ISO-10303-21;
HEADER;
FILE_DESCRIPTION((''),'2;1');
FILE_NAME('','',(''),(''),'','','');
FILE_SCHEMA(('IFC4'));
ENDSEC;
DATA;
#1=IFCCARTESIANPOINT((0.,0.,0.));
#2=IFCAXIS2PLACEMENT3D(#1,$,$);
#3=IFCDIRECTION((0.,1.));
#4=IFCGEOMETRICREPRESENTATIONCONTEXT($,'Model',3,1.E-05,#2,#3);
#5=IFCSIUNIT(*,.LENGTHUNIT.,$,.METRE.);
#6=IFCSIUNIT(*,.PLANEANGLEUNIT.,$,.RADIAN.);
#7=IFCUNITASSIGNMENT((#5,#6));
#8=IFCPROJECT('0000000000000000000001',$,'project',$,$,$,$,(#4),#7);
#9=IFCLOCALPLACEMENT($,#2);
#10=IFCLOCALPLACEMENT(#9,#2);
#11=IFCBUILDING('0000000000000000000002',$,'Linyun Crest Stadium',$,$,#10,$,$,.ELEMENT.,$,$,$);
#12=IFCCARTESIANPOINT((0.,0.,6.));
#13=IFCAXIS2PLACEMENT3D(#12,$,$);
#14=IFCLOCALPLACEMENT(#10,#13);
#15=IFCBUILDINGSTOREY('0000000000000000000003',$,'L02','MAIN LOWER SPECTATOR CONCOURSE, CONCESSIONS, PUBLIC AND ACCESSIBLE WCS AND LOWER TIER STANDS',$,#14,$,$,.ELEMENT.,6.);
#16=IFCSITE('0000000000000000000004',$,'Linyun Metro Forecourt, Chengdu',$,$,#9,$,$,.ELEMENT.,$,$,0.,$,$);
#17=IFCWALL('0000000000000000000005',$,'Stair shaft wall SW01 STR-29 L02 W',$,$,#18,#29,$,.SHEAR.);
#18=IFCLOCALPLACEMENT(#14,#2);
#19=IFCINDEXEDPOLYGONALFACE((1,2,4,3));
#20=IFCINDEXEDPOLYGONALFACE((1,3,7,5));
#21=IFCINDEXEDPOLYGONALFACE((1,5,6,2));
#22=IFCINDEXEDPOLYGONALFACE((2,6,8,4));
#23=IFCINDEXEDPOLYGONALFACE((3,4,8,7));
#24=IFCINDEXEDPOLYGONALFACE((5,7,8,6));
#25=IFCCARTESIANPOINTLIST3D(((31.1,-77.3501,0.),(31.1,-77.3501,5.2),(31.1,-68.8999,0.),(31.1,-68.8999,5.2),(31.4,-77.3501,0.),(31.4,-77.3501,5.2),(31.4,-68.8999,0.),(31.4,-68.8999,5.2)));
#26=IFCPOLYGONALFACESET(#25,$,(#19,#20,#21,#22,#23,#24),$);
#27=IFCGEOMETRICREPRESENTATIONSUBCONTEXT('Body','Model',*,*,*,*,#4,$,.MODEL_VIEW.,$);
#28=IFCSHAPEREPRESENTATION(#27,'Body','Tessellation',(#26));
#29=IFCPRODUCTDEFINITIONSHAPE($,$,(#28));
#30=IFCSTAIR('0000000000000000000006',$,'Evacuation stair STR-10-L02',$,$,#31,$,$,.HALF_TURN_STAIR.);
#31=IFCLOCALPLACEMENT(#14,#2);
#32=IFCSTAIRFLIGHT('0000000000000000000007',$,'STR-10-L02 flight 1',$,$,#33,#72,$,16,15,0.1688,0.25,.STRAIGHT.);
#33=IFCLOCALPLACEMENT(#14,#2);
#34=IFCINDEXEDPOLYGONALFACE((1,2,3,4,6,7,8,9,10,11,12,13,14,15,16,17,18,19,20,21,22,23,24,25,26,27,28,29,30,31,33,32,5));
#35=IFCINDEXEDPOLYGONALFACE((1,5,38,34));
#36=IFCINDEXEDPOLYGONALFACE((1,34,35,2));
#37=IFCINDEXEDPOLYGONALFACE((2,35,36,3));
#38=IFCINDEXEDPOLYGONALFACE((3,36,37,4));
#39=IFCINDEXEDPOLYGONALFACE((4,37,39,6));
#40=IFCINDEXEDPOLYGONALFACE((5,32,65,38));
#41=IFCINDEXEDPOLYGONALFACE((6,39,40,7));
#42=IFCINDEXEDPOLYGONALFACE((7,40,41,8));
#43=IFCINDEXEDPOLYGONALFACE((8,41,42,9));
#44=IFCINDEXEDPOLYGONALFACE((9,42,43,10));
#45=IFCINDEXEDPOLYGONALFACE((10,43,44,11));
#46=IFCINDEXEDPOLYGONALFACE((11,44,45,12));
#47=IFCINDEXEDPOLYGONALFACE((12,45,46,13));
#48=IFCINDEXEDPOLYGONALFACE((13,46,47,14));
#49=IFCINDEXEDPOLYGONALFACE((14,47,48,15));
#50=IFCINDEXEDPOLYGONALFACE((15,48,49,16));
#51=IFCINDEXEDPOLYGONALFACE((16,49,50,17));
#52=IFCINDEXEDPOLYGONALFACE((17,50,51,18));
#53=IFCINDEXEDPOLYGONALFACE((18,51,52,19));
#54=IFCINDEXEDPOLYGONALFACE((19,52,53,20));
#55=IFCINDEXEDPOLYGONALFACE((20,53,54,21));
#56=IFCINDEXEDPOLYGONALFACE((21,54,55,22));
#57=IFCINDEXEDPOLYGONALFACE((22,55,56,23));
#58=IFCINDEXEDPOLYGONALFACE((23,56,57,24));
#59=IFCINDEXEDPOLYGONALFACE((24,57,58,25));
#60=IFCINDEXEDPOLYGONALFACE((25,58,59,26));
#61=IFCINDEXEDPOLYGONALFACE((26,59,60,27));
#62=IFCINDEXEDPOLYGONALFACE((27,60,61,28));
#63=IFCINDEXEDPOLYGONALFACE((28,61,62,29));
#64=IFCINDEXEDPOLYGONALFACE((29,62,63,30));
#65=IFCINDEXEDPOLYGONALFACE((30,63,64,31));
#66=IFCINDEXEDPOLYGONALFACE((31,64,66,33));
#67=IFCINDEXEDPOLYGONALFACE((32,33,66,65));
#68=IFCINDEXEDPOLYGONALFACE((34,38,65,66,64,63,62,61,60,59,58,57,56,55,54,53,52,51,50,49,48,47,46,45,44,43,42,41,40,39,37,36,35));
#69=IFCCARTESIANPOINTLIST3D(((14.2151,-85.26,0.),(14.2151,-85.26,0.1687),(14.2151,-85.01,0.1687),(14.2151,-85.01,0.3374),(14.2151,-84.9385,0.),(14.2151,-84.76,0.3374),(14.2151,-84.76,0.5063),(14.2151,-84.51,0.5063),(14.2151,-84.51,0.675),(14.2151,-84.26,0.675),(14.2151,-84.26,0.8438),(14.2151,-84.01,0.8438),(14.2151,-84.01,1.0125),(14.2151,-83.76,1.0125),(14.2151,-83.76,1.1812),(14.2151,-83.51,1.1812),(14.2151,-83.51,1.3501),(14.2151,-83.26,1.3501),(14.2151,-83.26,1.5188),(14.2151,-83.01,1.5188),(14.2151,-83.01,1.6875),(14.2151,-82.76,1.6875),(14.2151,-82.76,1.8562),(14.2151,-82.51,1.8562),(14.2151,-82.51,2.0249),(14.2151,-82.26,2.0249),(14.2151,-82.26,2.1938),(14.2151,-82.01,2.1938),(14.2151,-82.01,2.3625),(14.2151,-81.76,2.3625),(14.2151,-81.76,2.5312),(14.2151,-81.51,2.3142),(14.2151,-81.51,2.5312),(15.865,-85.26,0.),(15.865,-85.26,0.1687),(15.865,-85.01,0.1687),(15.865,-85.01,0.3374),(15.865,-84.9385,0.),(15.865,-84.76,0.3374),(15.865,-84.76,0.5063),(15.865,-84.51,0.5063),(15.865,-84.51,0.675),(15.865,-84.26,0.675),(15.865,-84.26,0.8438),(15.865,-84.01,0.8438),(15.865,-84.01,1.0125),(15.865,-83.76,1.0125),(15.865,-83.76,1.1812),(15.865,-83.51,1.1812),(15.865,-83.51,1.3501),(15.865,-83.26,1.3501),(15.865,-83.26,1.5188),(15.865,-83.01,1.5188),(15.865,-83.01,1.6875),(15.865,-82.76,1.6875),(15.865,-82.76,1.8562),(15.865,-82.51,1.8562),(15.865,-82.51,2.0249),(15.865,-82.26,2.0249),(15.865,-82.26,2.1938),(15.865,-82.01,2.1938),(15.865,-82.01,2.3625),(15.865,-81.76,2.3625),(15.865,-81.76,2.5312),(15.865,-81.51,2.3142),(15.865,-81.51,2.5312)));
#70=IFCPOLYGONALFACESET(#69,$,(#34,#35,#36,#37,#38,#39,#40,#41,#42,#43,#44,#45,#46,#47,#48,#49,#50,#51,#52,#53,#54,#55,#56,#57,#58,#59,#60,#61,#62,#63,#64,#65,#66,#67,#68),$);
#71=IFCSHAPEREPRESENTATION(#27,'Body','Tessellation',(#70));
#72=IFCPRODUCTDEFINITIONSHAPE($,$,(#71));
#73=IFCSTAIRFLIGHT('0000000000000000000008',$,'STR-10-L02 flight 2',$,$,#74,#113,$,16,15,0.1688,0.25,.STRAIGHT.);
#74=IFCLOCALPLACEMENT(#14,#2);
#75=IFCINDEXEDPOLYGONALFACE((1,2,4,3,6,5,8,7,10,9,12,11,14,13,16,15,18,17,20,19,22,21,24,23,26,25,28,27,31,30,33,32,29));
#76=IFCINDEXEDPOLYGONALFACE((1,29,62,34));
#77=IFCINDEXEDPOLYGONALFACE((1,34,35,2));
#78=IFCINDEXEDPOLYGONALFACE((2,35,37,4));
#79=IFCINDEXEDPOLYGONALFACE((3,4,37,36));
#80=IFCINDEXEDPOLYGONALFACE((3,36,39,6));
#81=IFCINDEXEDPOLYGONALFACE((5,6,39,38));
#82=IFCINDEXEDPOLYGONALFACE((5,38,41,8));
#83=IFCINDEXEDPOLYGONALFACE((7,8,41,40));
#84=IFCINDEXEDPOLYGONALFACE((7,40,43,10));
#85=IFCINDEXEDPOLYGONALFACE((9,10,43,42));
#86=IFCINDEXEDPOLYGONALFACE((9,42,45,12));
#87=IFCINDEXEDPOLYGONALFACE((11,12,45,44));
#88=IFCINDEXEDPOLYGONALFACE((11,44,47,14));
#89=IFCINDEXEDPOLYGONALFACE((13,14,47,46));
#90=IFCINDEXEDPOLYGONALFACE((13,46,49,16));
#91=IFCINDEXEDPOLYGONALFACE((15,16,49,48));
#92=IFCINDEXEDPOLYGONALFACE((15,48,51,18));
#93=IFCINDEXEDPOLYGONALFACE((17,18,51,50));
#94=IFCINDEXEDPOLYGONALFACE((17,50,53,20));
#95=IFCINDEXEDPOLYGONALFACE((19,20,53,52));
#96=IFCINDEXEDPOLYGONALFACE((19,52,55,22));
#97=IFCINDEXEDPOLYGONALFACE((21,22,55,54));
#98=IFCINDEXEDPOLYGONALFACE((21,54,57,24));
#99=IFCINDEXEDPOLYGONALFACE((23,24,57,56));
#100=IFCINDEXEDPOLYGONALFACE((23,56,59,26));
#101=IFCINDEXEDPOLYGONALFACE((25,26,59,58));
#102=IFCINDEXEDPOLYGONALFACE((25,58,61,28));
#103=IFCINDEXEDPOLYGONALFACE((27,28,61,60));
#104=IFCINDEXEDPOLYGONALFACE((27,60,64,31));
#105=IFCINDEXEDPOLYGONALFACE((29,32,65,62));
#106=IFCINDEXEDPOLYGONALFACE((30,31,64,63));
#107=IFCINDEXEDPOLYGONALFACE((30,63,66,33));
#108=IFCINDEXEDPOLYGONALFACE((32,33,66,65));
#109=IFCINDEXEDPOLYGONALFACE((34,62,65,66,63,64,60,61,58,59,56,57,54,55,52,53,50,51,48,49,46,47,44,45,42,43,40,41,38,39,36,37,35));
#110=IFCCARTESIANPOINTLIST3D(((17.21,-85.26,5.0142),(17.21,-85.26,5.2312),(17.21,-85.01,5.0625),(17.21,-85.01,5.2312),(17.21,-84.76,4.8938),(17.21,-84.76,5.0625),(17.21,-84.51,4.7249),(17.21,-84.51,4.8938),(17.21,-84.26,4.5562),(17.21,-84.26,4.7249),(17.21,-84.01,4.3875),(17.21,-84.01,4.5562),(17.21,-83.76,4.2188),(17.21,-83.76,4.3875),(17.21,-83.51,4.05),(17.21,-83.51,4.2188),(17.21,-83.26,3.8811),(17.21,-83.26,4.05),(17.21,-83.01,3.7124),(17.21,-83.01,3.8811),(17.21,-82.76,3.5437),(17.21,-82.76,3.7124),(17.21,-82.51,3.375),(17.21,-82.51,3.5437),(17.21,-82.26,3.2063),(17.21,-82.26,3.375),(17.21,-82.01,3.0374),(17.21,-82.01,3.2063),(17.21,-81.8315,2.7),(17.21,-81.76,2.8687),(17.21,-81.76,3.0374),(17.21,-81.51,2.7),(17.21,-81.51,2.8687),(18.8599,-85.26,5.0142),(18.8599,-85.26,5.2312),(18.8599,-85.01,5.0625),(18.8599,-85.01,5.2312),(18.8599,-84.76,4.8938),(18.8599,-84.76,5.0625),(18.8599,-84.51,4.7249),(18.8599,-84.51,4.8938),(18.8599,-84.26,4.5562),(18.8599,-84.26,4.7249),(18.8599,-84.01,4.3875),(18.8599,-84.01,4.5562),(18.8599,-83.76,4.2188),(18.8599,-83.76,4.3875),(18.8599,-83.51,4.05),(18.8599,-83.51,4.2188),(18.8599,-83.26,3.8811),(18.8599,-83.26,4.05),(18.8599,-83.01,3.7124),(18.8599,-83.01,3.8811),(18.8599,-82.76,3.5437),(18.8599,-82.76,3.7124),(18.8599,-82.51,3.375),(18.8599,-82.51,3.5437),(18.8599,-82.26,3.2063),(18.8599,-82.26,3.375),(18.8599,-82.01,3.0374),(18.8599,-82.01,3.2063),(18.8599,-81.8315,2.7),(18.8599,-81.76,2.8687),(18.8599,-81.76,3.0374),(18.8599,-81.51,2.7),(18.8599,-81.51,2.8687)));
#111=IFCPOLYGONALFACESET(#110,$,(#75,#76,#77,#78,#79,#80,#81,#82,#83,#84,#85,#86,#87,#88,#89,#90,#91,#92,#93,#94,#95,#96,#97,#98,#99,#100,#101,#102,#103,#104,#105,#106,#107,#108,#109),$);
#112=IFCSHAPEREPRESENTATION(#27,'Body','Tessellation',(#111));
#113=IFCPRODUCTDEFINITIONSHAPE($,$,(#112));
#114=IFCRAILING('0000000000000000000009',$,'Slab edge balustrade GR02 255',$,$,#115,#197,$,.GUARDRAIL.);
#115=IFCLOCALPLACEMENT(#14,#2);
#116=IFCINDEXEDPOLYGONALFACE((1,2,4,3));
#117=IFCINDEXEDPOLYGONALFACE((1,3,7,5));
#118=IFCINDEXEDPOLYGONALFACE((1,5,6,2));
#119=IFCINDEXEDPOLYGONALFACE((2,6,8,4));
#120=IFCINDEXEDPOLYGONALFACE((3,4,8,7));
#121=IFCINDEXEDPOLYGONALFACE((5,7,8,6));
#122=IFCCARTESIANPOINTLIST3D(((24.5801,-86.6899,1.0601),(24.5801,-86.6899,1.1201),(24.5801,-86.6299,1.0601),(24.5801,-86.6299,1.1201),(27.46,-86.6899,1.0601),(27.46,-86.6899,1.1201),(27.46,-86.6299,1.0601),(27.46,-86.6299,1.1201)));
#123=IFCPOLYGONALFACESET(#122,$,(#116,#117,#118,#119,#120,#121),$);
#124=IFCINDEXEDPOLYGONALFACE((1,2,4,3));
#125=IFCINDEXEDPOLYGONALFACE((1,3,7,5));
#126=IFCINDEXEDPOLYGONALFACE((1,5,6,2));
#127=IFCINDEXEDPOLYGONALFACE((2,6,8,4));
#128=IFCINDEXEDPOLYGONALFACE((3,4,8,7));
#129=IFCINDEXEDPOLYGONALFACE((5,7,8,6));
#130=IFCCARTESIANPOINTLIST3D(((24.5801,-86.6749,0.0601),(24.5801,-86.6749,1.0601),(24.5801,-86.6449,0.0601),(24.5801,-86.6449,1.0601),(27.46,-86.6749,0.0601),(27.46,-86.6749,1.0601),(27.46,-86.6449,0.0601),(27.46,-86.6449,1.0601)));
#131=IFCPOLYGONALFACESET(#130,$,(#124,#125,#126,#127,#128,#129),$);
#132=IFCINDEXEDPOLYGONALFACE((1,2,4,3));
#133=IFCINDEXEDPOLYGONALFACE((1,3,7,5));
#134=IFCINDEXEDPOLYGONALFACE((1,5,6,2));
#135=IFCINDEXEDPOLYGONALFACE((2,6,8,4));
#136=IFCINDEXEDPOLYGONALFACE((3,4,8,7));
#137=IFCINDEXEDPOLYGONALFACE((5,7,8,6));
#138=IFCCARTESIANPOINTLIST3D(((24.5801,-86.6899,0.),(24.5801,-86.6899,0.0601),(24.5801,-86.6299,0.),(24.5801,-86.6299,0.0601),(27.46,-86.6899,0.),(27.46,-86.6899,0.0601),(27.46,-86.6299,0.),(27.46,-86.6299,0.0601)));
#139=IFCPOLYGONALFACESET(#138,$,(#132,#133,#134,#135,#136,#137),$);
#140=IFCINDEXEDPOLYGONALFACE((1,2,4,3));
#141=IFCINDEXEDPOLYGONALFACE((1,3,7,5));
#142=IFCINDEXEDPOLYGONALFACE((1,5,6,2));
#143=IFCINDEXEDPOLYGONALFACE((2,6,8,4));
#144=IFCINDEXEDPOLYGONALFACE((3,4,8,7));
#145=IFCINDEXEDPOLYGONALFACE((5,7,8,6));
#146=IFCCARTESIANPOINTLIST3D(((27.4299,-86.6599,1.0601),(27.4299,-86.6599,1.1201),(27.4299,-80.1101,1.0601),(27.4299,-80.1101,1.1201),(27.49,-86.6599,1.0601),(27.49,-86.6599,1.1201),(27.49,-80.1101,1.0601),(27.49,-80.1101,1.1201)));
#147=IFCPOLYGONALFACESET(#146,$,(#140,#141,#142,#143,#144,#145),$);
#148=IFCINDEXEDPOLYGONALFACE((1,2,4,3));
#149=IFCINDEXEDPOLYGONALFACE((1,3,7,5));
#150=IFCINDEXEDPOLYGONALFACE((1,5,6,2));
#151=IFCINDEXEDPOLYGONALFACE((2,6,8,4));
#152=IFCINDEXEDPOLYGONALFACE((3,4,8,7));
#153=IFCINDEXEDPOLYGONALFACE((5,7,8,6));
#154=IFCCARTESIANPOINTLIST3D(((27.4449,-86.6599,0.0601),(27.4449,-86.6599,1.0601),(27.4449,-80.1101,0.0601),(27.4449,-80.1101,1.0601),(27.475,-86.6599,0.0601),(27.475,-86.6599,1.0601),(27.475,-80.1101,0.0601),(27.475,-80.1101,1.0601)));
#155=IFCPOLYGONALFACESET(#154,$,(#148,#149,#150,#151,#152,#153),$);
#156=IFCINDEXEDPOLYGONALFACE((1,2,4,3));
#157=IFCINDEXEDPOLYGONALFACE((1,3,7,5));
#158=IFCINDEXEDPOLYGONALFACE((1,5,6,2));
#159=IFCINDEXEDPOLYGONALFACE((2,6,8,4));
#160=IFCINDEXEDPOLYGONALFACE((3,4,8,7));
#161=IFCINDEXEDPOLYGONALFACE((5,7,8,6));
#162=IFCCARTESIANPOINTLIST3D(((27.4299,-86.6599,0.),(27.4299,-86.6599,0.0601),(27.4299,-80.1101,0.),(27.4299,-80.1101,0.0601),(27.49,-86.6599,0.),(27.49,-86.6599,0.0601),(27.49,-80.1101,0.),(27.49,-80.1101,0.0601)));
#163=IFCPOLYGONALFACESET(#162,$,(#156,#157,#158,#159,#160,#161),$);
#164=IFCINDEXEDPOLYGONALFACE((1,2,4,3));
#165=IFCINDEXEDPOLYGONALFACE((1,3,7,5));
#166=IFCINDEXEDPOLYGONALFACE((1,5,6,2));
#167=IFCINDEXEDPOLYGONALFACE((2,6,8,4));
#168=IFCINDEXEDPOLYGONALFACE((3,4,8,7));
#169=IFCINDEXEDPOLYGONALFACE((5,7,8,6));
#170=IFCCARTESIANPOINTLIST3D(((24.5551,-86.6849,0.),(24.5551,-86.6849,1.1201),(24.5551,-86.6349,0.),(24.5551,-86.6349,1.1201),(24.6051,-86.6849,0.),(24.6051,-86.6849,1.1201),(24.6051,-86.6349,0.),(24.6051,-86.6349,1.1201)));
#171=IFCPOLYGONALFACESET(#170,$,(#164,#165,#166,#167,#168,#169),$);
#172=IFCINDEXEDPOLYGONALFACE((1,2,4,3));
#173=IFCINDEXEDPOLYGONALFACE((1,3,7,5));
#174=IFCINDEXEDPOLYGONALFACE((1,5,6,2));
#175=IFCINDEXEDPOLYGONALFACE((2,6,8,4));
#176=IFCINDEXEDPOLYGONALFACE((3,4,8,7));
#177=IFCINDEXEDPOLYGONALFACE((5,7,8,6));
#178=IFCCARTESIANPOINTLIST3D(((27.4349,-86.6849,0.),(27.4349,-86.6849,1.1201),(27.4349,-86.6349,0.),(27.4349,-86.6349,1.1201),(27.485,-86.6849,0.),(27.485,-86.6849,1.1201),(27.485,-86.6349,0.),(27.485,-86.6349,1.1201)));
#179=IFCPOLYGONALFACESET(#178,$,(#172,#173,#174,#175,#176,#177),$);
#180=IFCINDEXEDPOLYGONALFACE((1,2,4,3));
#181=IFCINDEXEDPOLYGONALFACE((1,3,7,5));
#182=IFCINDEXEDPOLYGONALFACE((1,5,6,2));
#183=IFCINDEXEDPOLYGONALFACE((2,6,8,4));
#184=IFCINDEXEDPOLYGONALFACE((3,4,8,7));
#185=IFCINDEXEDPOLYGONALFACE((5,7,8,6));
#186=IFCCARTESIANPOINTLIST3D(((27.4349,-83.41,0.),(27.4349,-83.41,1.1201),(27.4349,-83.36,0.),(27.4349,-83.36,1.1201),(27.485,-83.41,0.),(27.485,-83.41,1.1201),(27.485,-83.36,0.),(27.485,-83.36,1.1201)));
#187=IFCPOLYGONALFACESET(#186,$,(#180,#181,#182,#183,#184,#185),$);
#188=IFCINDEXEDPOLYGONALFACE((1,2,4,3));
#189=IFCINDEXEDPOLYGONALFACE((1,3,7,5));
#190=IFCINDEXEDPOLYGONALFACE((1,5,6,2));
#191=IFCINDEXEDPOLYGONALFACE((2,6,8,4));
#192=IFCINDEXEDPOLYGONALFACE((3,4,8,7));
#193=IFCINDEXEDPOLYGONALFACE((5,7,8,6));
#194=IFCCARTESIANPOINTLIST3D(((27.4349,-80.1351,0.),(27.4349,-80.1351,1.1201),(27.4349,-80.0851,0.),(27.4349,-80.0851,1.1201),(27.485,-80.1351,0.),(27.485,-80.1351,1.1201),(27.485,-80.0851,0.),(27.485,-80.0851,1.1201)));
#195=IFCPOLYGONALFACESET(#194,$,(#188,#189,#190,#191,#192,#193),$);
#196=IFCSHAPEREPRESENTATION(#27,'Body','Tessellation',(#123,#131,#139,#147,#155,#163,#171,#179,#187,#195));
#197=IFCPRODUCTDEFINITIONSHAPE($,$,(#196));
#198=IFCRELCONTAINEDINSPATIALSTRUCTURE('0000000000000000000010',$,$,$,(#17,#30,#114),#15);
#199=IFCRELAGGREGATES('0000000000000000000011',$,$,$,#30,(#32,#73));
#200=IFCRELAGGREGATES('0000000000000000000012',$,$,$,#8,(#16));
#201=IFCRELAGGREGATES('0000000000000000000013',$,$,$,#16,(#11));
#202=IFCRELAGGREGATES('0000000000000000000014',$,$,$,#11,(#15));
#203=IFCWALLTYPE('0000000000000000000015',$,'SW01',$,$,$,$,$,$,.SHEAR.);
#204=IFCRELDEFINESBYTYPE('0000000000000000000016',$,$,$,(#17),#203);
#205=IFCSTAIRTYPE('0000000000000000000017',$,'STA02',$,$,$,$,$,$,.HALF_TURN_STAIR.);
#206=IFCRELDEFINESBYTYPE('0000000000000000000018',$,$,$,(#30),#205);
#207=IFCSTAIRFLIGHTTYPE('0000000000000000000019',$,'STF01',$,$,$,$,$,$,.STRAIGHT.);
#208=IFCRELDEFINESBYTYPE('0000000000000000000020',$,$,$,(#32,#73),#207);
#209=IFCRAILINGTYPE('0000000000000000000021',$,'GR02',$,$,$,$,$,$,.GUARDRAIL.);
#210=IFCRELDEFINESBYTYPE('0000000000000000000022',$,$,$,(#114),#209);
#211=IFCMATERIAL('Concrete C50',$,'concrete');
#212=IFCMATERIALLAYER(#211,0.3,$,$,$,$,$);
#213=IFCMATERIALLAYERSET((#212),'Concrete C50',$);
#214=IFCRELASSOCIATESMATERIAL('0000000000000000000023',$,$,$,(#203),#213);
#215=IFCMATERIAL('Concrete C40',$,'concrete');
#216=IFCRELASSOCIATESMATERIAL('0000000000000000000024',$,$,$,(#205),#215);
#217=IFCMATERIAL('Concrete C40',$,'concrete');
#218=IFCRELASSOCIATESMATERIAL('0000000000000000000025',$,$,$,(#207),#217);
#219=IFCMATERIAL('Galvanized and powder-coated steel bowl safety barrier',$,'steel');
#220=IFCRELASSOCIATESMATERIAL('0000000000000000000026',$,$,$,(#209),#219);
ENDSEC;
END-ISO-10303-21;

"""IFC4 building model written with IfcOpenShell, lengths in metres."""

from ifc_helpers import new_model, si_unit, direction, frame, frame_2d, origin, origin_2d, place, context, subcontext, project, spatial, polyline, rectangle, outline, extrude, material, layer, layer_set, type_object, element, aggregate, save


model = new_model("IFC4")

# Units and contexts
model_context = context("Model", 3, precision=1e-05, world=origin(), true_north=direction((0.0, 1.0)))
body_context = subcontext(model_context, "Body", "Model", "MODEL_VIEW")
ifc_project = project(units=[si_unit("LENGTHUNIT", "METRE"), si_unit("PLANEANGLEUNIT", "RADIAN")], contexts=[model_context])

# Site, building, storey
site_placement = place(None, origin())
site = spatial("IfcSite", under=ifc_project, at=site_placement, Name="Linyun Metro Forecourt, Chengdu", CompositionType="ELEMENT", RefElevation=0.0)
building_placement = place(site_placement, origin())
building = spatial("IfcBuilding", under=site, at=building_placement, Name="Linyun Crest Stadium", CompositionType="ELEMENT")
storey_placement = place(building_placement, frame((0.0, 0.0, 6.0)))
storey = spatial("IfcBuildingStorey", under=building, at=storey_placement, Name="L02", Description="MAIN LOWER SPECTATOR CONCOURSE, CONCESSIONS, PUBLIC AND ACCESSIBLE WCS AND LOWER TIER STANDS", CompositionType="ELEMENT", Elevation=6.0)

# Shared definitions
ifc_material_1 = material(Name="Concrete C50", Category="concrete")
ifc_layer_1 = layer(ifc_material_1, 0.3)
ifc_layer_set_1 = layer_set([ifc_layer_1], Name="Concrete C50")
wall_type_1 = type_object("IfcWallType", Name="SW01", PredefinedType="SHEAR", material=ifc_layer_set_1)

# Wall
wall_1_placement = place(storey_placement, frame((31.25, -77.3501, 0.0), z_axis=(0.0, 0.0, 1.0), x_axis=(0.0, 1.0, 0.0)))
element("IfcWall", 1, at=wall_1_placement, inside=storey, type_object=wall_type_1, Name="Stair shaft wall SW01 STR-29 L02 W", PredefinedType="SHEAR", context=body_context, shape_type="SweptSolid", body=[
    extrude(rectangle(XDim=8.4502, YDim=0.3, at=frame_2d((4.2251, 0.0))), origin(), (0.0, 0.0, 1.0), 5.2),
])

# Stair, stair flights
ifc_material_2 = material(Name="Concrete C40", Category="concrete")
stair_type = type_object("IfcStairType", Name="STA02", PredefinedType="HALF_TURN_STAIR", material=ifc_material_2)
stair_placement = place(storey_placement, origin())
stair = element("IfcStair", 2, at=stair_placement, inside=storey, type_object=stair_type, Name="Evacuation stair STR-10-L02", PredefinedType="HALF_TURN_STAIR")
ifc_material_3 = material(Name="Concrete C40", Category="concrete")
stair_flight_type = type_object("IfcStairFlightType", Name="STF01", PredefinedType="STRAIGHT", material=ifc_material_3)
stair_flight_1_placement = place(storey_placement, frame((15.04, -85.26, 0.0), z_axis=(0.0, 0.0, 1.0), x_axis=(0.0, 1.0, 0.0)))
stair_flight_1 = element("IfcStairFlight", 3, at=stair_flight_1_placement, type_object=stair_flight_type, Name="STR-10-L02 flight 1", NumberOfRisers=16, NumberOfTreads=15, PredefinedType="STRAIGHT", RiserHeight=0.1688, TreadLength=0.25, context=body_context, shape_type="SweptSolid", body=[
    extrude(outline(polyline([(0.0, 0.0), (0.0, 0.1687), (0.25, 0.1687), (0.25, 0.3374), (0.5, 0.3374), (0.5, 0.5063), (0.75, 0.5063), (0.75, 0.675), (1.0, 0.675), (1.0, 0.8438), (1.25, 0.8438), (1.25, 1.0125), (1.5, 1.0125), (1.5, 1.1812), (1.75, 1.1812), (1.75, 1.3501), (2.0, 1.3501), (2.0, 1.5188), (2.25, 1.5188), (2.25, 1.6875), (2.5, 1.6875), (2.5, 1.8562), (2.75, 1.8562), (2.75, 2.0249), (3.0, 2.0249), (3.0, 2.1938), (3.25, 2.1938), (3.25, 2.3625), (3.5, 2.3625), (3.5, 2.5312), (3.75, 2.5312), (3.75, 2.7), (3.75, 2.3142), (0.3215, 0.0), (0.0, 0.0)])), frame((0.0, 0.825, 0.0), z_axis=(0.0, -1.0, 0.0), x_axis=(1.0, 0.0, 0.0)), (0.0, 0.0, 1.0), 1.6499),
])
stair_flight_2_placement = place(storey_placement, frame((18.0349, -81.51, 2.7), z_axis=(0.0, 0.0, 1.0), x_axis=(0.0, -1.0, 0.0)))
stair_flight_2 = element("IfcStairFlight", 4, at=stair_flight_2_placement, type_object=stair_flight_type, Name="STR-10-L02 flight 2", NumberOfRisers=16, NumberOfTreads=15, PredefinedType="STRAIGHT", RiserHeight=0.1688, TreadLength=0.25, context=body_context, shape_type="SweptSolid", body=[
    extrude(outline(polyline([(0.0, 0.0), (0.0, 0.1687), (0.25, 0.1687), (0.25, 0.3374), (0.5, 0.3374), (0.5, 0.5063), (0.75, 0.5063), (0.75, 0.675), (1.0, 0.675), (1.0, 0.8438), (1.25, 0.8438), (1.25, 1.0125), (1.5, 1.0125), (1.5, 1.1812), (1.75, 1.1812), (1.75, 1.3501), (2.0, 1.3501), (2.0, 1.5188), (2.25, 1.5188), (2.25, 1.6875), (2.5, 1.6875), (2.5, 1.8562), (2.75, 1.8562), (2.75, 2.0249), (3.0, 2.0249), (3.0, 2.1938), (3.25, 2.1938), (3.25, 2.3625), (3.5, 2.3625), (3.5, 2.5312), (3.75, 2.5312), (3.75, 2.7), (3.75, 2.3142), (0.3215, 0.0), (0.0, 0.0)])), frame((0.0, 0.825, 0.0), z_axis=(0.0, -1.0, 0.0), x_axis=(1.0, 0.0, 0.0)), (0.0, 0.0, 1.0), 1.6499),
])
aggregate(stair, [stair_flight_1, stair_flight_2])

# Railing
ifc_material_4 = material(Name="Galvanized and powder-coated steel bowl safety barrier", Category="steel")
railing_type_1 = type_object("IfcRailingType", Name="GR02", PredefinedType="GUARDRAIL", material=ifc_material_4)
railing_1_placement = place(storey_placement, frame((24.5801, -86.6599, 0.0)))
element("IfcRailing", 5, at=railing_1_placement, inside=storey, type_object=railing_type_1, Name="Slab edge balustrade GR02 255", PredefinedType="GUARDRAIL", context=body_context, shape_type="SweptSolid", body=[
    extrude(rectangle(XDim=0.0601, YDim=0.0601, at=origin_2d()), frame((0.0, 0.0, 1.0901), z_axis=(1.0, 0.0, 0.0), x_axis=(0.0, 1.0, 0.0)), (0.0, 0.0, 1.0), 2.8799),
    extrude(rectangle(XDim=0.03, YDim=1.0, at=origin_2d()), frame((0.0, 0.0, 0.5601), z_axis=(1.0, 0.0, 0.0), x_axis=(0.0, 1.0, 0.0)), (0.0, 0.0, 1.0), 2.8799),
    extrude(rectangle(XDim=0.0601, YDim=0.0601, at=origin_2d()), frame((0.0, 0.0, 0.03), z_axis=(1.0, 0.0, 0.0), x_axis=(0.0, 1.0, 0.0)), (0.0, 0.0, 1.0), 2.8799),
    extrude(rectangle(XDim=0.0601, YDim=0.0601, at=origin_2d()), frame((2.8799, 0.0, 1.0901), z_axis=(0.0, 1.0, 0.0), x_axis=(-1.0, 0.0, 0.0)), (0.0, 0.0, 1.0), 6.5498),
    extrude(rectangle(XDim=0.03, YDim=1.0, at=origin_2d()), frame((2.8799, 0.0, 0.5601), z_axis=(0.0, 1.0, 0.0), x_axis=(-1.0, 0.0, 0.0)), (0.0, 0.0, 1.0), 6.5498),
    extrude(rectangle(XDim=0.0601, YDim=0.0601, at=origin_2d()), frame((2.8799, 0.0, 0.03), z_axis=(0.0, 1.0, 0.0), x_axis=(-1.0, 0.0, 0.0)), (0.0, 0.0, 1.0), 6.5498),
    extrude(rectangle(XDim=0.05, YDim=0.05, at=origin_2d()), origin(), (0.0, 0.0, 1.0), 1.1201),
    extrude(rectangle(XDim=0.05, YDim=0.05, at=origin_2d()), frame((2.8799, 0.0, 0.0)), (0.0, 0.0, 1.0), 1.1201),
    extrude(rectangle(XDim=0.05, YDim=0.05, at=origin_2d()), frame((2.8799, 3.2749, 0.0)), (0.0, 0.0, 1.0), 1.1201),
    extrude(rectangle(XDim=0.05, YDim=0.05, at=origin_2d()), frame((2.8799, 6.5498, 0.0)), (0.0, 0.0, 1.0), 1.1201),
])

save(model, "model.ifc")
